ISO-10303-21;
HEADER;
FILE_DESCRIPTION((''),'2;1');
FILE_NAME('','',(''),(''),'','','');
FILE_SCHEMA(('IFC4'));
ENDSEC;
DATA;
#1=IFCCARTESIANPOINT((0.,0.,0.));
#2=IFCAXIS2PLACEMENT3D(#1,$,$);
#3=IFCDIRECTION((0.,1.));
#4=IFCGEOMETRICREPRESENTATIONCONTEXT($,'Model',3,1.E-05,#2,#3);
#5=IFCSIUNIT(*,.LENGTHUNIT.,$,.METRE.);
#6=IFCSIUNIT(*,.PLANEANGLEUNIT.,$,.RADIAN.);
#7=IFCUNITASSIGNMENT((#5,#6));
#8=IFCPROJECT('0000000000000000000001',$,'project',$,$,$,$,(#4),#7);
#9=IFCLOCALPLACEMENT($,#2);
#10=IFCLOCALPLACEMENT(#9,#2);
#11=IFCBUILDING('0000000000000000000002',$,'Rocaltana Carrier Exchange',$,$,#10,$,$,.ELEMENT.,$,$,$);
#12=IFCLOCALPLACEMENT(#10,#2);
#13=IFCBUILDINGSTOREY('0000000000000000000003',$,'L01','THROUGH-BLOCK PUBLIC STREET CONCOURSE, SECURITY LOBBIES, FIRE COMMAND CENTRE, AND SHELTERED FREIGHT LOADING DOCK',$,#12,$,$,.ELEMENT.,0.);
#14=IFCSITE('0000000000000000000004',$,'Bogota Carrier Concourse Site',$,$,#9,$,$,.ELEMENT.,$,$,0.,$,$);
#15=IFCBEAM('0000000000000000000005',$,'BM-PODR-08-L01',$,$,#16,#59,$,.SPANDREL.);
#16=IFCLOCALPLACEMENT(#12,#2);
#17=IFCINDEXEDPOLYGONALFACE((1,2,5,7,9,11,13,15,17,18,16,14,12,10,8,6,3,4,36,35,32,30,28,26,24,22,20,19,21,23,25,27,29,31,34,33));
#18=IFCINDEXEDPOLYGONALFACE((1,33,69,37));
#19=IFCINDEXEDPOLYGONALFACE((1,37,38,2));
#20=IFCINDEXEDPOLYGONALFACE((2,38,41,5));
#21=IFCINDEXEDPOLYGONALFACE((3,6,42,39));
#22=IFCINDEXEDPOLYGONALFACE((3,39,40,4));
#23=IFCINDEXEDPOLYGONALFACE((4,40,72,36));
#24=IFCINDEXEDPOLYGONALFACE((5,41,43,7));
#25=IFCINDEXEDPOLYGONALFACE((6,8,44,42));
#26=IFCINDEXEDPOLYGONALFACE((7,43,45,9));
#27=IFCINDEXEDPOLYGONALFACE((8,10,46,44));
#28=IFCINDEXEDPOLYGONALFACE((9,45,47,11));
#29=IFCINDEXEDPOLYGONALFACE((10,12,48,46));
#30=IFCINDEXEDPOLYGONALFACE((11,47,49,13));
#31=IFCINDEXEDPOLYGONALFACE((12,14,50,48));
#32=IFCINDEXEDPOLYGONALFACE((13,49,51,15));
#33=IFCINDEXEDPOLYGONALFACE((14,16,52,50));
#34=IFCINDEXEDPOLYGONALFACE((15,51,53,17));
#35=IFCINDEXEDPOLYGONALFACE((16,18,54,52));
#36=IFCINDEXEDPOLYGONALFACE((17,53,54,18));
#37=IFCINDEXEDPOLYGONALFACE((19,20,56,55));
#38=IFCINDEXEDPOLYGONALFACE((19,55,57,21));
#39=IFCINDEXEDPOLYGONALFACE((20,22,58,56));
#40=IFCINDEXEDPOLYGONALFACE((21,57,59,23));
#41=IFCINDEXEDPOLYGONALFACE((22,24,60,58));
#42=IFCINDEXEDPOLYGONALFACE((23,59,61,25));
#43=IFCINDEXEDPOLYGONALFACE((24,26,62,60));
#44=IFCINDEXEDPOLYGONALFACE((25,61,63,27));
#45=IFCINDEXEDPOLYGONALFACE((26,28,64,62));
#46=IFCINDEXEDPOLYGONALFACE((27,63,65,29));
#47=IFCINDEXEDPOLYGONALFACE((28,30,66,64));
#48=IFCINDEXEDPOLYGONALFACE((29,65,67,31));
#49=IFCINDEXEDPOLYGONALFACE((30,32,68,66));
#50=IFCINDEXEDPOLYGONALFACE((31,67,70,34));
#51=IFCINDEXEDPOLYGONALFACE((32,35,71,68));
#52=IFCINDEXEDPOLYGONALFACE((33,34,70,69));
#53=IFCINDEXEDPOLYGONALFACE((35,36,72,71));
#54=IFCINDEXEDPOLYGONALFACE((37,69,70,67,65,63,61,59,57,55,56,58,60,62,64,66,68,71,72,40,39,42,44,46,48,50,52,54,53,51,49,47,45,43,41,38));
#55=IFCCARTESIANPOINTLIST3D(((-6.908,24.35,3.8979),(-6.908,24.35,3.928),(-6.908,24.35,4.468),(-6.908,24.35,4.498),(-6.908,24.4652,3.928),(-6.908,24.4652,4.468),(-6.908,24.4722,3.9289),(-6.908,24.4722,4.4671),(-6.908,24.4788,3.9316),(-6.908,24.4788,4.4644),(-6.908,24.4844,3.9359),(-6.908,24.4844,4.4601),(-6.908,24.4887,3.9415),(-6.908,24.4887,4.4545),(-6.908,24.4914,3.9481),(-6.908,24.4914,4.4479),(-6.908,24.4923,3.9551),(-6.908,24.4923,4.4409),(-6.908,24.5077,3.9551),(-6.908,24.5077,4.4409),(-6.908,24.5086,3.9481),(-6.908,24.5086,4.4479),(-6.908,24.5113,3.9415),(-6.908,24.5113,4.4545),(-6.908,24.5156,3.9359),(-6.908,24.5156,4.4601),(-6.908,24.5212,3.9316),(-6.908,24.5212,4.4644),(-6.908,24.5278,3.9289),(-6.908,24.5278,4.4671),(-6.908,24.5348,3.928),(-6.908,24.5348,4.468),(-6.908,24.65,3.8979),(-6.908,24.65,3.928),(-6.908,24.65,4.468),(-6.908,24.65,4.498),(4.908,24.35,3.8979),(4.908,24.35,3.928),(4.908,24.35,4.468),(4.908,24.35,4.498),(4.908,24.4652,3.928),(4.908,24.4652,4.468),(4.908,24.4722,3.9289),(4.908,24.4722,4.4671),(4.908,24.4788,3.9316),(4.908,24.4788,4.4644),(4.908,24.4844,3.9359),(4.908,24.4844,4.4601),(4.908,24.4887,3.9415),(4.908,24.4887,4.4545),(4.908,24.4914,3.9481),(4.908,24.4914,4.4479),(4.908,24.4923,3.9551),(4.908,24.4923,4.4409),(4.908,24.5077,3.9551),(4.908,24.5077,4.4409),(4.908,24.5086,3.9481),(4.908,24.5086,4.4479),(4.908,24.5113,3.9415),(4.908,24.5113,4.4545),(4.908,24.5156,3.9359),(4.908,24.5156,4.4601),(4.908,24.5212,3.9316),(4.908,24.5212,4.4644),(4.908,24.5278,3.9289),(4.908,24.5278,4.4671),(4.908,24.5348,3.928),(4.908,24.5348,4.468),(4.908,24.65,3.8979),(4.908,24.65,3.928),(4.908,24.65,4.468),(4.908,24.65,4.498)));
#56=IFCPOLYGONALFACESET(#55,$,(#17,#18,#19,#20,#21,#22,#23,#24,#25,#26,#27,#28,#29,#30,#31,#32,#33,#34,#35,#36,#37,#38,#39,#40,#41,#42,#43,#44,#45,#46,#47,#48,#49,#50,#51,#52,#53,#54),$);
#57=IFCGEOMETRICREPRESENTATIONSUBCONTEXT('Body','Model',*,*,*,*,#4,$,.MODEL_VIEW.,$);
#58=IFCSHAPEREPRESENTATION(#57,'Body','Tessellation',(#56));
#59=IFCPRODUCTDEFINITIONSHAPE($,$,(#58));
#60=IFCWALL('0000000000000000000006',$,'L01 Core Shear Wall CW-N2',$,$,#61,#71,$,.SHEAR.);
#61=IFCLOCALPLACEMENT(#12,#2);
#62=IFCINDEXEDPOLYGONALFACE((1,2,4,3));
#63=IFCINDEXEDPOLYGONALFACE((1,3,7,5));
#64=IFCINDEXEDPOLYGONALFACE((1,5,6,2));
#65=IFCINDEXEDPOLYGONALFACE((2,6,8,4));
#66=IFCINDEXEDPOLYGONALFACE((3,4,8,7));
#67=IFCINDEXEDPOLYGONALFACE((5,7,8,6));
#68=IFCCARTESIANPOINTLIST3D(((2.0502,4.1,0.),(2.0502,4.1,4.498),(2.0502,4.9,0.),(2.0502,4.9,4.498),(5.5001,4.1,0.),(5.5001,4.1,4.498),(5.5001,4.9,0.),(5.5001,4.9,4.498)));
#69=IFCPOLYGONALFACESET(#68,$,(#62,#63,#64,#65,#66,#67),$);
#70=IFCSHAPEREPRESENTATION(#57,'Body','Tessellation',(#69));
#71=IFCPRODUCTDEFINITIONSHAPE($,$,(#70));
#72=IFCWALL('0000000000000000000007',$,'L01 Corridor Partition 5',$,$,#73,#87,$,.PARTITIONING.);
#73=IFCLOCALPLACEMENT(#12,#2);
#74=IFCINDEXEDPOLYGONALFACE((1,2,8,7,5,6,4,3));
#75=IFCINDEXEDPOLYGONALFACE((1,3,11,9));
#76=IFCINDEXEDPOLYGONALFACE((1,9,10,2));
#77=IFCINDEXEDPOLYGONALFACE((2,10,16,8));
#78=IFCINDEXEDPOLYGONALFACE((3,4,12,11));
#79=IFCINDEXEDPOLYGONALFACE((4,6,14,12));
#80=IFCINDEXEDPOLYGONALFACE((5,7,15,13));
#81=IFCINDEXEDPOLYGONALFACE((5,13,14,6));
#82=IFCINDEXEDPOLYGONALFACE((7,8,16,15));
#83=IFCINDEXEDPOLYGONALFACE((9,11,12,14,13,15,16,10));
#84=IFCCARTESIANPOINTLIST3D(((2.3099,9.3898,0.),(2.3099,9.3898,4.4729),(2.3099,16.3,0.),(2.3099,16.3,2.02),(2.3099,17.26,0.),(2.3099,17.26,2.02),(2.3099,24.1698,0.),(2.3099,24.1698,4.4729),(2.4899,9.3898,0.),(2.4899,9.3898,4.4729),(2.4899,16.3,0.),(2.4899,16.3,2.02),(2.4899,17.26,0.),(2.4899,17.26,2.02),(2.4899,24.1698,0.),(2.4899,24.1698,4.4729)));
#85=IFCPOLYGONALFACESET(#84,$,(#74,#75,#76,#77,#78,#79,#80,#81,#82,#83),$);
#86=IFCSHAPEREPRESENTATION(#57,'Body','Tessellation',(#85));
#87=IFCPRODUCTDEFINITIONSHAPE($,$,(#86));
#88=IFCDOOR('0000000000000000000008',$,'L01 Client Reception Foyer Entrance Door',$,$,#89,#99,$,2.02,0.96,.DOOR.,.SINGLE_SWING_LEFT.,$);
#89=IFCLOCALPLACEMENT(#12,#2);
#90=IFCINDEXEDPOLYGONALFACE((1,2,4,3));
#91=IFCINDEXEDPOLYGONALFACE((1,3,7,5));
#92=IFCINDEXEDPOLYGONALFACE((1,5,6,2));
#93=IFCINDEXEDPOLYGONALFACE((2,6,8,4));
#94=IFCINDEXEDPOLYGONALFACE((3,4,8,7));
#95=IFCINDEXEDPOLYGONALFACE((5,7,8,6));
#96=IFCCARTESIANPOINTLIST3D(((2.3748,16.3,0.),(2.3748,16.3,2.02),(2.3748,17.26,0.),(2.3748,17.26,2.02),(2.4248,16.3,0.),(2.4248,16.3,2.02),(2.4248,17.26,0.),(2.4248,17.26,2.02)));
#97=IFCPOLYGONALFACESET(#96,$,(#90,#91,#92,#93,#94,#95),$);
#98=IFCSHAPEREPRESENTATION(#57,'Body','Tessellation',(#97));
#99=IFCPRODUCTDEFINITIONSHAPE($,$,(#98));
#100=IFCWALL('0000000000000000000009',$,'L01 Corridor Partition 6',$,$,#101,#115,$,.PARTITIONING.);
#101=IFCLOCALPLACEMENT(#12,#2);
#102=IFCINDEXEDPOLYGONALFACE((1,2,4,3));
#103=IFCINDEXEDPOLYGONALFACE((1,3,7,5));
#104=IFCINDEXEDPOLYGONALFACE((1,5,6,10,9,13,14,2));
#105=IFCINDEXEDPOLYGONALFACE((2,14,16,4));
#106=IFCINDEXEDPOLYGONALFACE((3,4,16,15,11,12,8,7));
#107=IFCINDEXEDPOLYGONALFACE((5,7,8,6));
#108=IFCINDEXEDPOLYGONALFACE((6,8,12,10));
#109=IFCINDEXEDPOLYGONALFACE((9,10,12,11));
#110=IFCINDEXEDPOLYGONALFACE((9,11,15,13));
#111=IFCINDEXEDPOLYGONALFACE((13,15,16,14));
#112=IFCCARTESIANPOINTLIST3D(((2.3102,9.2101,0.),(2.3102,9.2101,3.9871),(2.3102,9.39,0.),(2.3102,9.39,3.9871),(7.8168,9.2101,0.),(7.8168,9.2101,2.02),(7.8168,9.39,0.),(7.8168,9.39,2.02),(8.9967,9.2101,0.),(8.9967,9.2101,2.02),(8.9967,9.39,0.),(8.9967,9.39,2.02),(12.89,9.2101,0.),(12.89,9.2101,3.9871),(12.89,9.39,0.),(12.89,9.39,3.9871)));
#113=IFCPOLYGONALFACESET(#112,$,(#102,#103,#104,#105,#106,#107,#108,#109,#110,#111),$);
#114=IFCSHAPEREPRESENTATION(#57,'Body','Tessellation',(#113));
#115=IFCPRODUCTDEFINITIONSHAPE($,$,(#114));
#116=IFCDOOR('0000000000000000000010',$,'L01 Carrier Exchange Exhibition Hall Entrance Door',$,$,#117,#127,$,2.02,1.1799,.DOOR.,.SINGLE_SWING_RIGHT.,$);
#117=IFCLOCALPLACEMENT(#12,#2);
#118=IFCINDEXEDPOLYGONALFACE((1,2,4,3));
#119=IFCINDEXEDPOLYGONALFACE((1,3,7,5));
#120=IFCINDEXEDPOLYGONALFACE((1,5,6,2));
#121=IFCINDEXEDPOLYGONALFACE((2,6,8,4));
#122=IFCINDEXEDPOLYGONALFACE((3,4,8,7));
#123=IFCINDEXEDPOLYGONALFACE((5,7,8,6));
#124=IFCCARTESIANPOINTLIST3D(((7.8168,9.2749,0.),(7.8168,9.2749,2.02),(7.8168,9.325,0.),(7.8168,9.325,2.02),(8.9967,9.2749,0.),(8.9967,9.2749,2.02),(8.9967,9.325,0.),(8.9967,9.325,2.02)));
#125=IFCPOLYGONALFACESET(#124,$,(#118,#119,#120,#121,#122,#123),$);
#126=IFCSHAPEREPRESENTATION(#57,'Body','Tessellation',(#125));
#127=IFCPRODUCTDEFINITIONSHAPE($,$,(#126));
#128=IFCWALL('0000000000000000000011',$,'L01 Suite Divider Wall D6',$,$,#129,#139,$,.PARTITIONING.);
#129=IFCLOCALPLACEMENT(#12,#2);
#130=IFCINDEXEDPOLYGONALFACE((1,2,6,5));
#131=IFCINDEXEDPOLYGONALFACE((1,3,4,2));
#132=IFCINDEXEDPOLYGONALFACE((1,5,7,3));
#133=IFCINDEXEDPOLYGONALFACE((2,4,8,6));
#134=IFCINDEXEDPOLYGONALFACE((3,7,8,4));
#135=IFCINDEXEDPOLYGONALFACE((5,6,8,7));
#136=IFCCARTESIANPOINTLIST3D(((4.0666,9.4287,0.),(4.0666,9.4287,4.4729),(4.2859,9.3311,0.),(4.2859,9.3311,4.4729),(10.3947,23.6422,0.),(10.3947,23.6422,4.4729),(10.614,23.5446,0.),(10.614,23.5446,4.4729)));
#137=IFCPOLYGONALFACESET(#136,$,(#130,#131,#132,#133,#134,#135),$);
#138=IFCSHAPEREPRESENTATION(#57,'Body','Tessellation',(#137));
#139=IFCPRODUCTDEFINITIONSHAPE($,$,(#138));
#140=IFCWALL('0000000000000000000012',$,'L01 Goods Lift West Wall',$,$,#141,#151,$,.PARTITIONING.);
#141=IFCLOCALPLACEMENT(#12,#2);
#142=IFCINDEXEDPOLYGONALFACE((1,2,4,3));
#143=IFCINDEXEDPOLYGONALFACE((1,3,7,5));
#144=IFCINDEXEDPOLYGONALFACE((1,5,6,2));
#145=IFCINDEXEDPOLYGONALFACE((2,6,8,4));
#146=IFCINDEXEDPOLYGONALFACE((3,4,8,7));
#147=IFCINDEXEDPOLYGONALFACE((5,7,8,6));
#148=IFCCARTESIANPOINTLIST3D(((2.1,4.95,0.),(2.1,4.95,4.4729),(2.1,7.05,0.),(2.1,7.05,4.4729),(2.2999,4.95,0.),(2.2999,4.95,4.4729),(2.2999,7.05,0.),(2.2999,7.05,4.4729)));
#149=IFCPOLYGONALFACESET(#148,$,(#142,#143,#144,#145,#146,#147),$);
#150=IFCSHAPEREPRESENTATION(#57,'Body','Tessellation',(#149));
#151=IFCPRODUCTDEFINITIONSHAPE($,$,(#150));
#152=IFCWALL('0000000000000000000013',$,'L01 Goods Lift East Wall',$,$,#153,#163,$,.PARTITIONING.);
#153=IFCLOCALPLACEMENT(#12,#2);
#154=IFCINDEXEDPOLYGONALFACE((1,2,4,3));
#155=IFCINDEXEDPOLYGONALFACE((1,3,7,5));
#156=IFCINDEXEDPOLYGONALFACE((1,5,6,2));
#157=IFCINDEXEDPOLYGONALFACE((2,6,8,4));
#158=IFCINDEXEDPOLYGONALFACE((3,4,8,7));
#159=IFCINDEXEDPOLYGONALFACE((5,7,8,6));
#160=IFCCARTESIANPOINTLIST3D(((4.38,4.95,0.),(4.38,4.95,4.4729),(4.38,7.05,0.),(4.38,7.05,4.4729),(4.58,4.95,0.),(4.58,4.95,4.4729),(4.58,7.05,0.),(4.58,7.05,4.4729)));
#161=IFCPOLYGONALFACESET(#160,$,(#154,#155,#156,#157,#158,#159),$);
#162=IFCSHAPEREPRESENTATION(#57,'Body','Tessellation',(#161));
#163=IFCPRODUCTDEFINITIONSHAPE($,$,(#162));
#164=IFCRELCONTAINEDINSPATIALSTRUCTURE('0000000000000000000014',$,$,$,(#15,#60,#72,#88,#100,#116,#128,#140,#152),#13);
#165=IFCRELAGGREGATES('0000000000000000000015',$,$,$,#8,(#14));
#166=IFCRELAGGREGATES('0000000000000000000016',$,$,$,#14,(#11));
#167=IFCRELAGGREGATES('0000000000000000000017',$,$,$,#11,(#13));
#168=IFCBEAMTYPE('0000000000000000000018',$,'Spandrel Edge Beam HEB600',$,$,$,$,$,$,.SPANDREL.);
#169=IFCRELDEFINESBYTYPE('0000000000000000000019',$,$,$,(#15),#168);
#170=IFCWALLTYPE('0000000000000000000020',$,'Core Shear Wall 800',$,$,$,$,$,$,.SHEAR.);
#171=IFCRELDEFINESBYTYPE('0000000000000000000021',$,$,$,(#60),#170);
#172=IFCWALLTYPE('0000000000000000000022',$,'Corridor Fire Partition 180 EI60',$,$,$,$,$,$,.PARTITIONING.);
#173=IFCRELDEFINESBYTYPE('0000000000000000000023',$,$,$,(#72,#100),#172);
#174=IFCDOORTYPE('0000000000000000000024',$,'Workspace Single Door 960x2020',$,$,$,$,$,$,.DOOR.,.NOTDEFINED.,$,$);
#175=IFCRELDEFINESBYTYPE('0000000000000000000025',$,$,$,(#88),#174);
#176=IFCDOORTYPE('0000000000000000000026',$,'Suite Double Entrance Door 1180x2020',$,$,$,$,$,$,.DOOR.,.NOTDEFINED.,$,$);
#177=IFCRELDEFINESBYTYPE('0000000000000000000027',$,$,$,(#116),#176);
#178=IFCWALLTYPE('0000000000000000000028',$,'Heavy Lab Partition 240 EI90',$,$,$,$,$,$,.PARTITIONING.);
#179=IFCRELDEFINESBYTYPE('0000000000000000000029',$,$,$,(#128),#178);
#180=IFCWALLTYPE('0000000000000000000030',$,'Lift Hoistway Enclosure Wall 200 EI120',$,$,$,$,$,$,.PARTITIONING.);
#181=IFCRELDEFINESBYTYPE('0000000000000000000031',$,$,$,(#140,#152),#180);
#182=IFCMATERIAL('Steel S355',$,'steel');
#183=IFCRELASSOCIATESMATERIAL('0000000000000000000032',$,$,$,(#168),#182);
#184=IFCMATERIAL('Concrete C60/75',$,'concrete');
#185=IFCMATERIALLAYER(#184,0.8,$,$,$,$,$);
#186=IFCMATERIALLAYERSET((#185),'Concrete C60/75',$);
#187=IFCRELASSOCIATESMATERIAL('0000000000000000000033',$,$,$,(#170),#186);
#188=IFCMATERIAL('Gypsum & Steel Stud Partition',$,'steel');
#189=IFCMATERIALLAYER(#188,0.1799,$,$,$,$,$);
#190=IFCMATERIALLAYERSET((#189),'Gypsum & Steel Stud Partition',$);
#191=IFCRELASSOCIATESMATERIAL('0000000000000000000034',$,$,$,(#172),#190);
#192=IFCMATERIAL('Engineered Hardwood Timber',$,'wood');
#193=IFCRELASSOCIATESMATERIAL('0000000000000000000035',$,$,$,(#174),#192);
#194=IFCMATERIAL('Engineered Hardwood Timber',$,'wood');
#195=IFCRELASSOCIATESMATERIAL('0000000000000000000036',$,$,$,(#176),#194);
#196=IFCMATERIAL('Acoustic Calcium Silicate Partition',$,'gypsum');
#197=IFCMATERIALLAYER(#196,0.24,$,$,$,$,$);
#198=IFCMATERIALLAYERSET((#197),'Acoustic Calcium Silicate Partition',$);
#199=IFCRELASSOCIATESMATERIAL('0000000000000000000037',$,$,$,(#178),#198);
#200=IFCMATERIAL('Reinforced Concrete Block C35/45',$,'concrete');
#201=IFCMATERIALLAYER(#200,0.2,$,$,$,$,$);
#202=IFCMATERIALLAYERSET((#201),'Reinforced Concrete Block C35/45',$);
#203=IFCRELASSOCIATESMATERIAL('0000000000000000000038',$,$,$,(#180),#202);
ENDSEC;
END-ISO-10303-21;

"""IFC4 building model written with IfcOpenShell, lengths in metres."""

from ifc_helpers import new_model, si_unit, direction, frame, frame_2d, origin, origin_2d, place, context, subcontext, project, spatial, rectangle, i_section, extrude, material, layer, layer_set, material_profile, profile_set, type_object, element, fill, save


model = new_model("IFC4")

# Units and contexts
model_context = context("Model", 3, precision=1e-05, world=origin(), true_north=direction((0.0, 1.0)))
body_context = subcontext(model_context, "Body", "Model", "MODEL_VIEW")
ifc_project = project(units=[si_unit("LENGTHUNIT", "METRE"), si_unit("PLANEANGLEUNIT", "RADIAN")], contexts=[model_context])

# Site, building, storey
site_placement = place(None, origin())
site = spatial("IfcSite", under=ifc_project, at=site_placement, Name="Bogota Carrier Concourse Site", CompositionType="ELEMENT", RefElevation=0.0)
building_placement = place(site_placement, origin())
building = spatial("IfcBuilding", under=site, at=building_placement, Name="Rocaltana Carrier Exchange", CompositionType="ELEMENT")
storey_placement = place(building_placement, origin())
storey = spatial("IfcBuildingStorey", under=building, at=storey_placement, Name="L01", Description="THROUGH-BLOCK PUBLIC STREET CONCOURSE, SECURITY LOBBIES, FIRE COMMAND CENTRE, AND SHELTERED FREIGHT LOADING DOCK", CompositionType="ELEMENT", Elevation=0.0)

# Beam
ifc_material_1 = material(Name="Steel S355", Category="steel")
ifc_material_profile_1 = material_profile(ifc_material_1, i_section(OverallWidth=0.3, OverallDepth=0.6001, WebThickness=0.0154, FlangeThickness=0.03, FilletRadius=0.0271, at=origin_2d()), Name="HEB600")
ifc_profile_set_1 = profile_set([ifc_material_profile_1], Name="Steel S355")
beam_type_1 = type_object("IfcBeamType", Name="Spandrel Edge Beam HEB600", PredefinedType="SPANDREL", material=ifc_profile_set_1)
beam_1_placement = place(storey_placement, frame((4.908, 24.5, 4.198), z_axis=(-1.0, 0.0, 0.0), x_axis=(0.0, -1.0, 0.0)))
element("IfcBeam", 1, at=beam_1_placement, inside=storey, type_object=beam_type_1, Name="BM-PODR-08-L01", PredefinedType="SPANDREL", context=body_context, shape_type="SweptSolid", body=[
    extrude(i_section(OverallWidth=0.3, OverallDepth=0.6001, WebThickness=0.0154, FlangeThickness=0.03, FilletRadius=0.0271, at=origin_2d()), origin(), (0.0, 0.0, 1.0), 11.8159),
])

# Wall
ifc_material_2 = material(Name="Concrete C60/75", Category="concrete")
ifc_layer_1 = layer(ifc_material_2, 0.8)
ifc_layer_set_1 = layer_set([ifc_layer_1], Name="Concrete C60/75")
wall_type_1 = type_object("IfcWallType", Name="Core Shear Wall 800", PredefinedType="SHEAR", material=ifc_layer_set_1)
wall_1_placement = place(storey_placement, frame((2.05, 4.5, 0.0), z_axis=(0.0, 0.0, 1.0), x_axis=(1.0, 0.0, 0.0)))
element("IfcWall", 2, at=wall_1_placement, inside=storey, type_object=wall_type_1, Name="L01 Core Shear Wall CW-N2", PredefinedType="SHEAR", context=body_context, shape_type="SweptSolid", body=[
    extrude(rectangle(XDim=3.45, YDim=0.8, at=frame_2d((1.7251, 0.0))), origin(), (0.0, 0.0, 1.0), 4.498),
])

# Walls, openings, doors
ifc_material_3 = material(Name="Gypsum & Steel Stud Partition", Category="steel")
ifc_layer_2 = layer(ifc_material_3, 0.1799)
ifc_layer_set_2 = layer_set([ifc_layer_2], Name="Gypsum & Steel Stud Partition")
wall_type_2 = type_object("IfcWallType", Name="Corridor Fire Partition 180 EI60", PredefinedType="PARTITIONING", material=ifc_layer_set_2)
wall_2_placement = place(storey_placement, frame((2.3999, 24.1699, 0.0), z_axis=(0.0, 0.0, 1.0), x_axis=(0.0, -1.0, 0.0)))
wall_2 = element("IfcWall", 3, at=wall_2_placement, inside=storey, type_object=wall_type_2, Name="L01 Corridor Partition 5", PredefinedType="PARTITIONING", context=body_context, shape_type="SweptSolid", body=[
    extrude(rectangle(XDim=14.78, YDim=0.1799, at=frame_2d((7.3901, 0.0))), origin(), (0.0, 0.0, 1.0), 4.4729),
])
opening_1_placement = place(wall_2_placement, frame((6.9099, 0.0, 0.0)))
opening_1 = element("IfcOpeningElement", 4, at=opening_1_placement, cuts=wall_2, PredefinedType="OPENING", context=body_context, shape_type="SweptSolid", body=[
    extrude(rectangle(XDim=0.96, YDim=2.02, at=frame_2d((0.48, 1.01))), frame((0.0, 0.0999, 0.0), z_axis=(0.0, -1.0, 0.0), x_axis=(1.0, 0.0, 0.0)), (0.0, 0.0, 1.0), 0.2),
])
ifc_material_4 = material(Name="Engineered Hardwood Timber", Category="wood")
door_type_1 = type_object("IfcDoorType", Name="Workspace Single Door 960x2020", OperationType="NOTDEFINED", PredefinedType="DOOR", material=ifc_material_4)
door_1_placement = place(opening_1_placement, origin())
door_1 = element("IfcDoor", 5, at=door_1_placement, inside=storey, type_object=door_type_1, Name="L01 Client Reception Foyer Entrance Door", OperationType="SINGLE_SWING_LEFT", OverallHeight=2.02, OverallWidth=0.96, PredefinedType="DOOR", context=body_context, shape_type="SweptSolid", body=[
    extrude(rectangle(XDim=0.96, YDim=2.02, at=frame_2d((0.48, 1.01))), frame((0.0, 0.0249, 0.0), z_axis=(0.0, -1.0, 0.0), x_axis=(1.0, 0.0, 0.0)), (0.0, 0.0, 1.0), 0.05),
])
fill(opening_1, door_1)
wall_3_placement = place(storey_placement, frame((2.3101, 9.3, 0.0), z_axis=(0.0, 0.0, 1.0), x_axis=(1.0, 0.0, 0.0)))
wall_3 = element("IfcWall", 6, at=wall_3_placement, inside=storey, type_object=wall_type_2, Name="L01 Corridor Partition 6", PredefinedType="PARTITIONING", context=body_context, shape_type="SweptSolid", body=[
    extrude(rectangle(XDim=10.5798, YDim=0.1799, at=frame_2d((5.29, 0.0))), origin(), (0.0, 0.0, 1.0), 3.9871),
])
opening_2_placement = place(wall_3_placement, frame((5.5068, 0.0, 0.0)))
opening_2 = element("IfcOpeningElement", 7, at=opening_2_placement, cuts=wall_3, PredefinedType="OPENING", context=body_context, shape_type="SweptSolid", body=[
    extrude(rectangle(XDim=1.1799, YDim=2.02, at=frame_2d((0.5898, 1.01))), frame((0.0, 0.0999, 0.0), z_axis=(0.0, -1.0, 0.0), x_axis=(1.0, 0.0, 0.0)), (0.0, 0.0, 1.0), 0.2),
])
ifc_material_5 = material(Name="Engineered Hardwood Timber", Category="wood")
door_type_2 = type_object("IfcDoorType", Name="Suite Double Entrance Door 1180x2020", OperationType="NOTDEFINED", PredefinedType="DOOR", material=ifc_material_5)
door_2_placement = place(opening_2_placement, origin())
door_2 = element("IfcDoor", 8, at=door_2_placement, inside=storey, type_object=door_type_2, Name="L01 Carrier Exchange Exhibition Hall Entrance Door", OperationType="SINGLE_SWING_RIGHT", OverallHeight=2.02, OverallWidth=1.1799, PredefinedType="DOOR", context=body_context, shape_type="SweptSolid", body=[
    extrude(rectangle(XDim=1.1799, YDim=2.02, at=frame_2d((0.5898, 1.01))), frame((0.0, 0.0249, 0.0), z_axis=(0.0, -1.0, 0.0), x_axis=(1.0, 0.0, 0.0)), (0.0, 0.0, 1.0), 0.05),
])
fill(opening_2, door_2)

# Walls
ifc_material_6 = material(Name="Acoustic Calcium Silicate Partition", Category="gypsum")
ifc_layer_3 = layer(ifc_material_6, 0.24)
ifc_layer_set_3 = layer_set([ifc_layer_3], Name="Acoustic Calcium Silicate Partition")
wall_type_3 = type_object("IfcWallType", Name="Heavy Lab Partition 240 EI90", PredefinedType="PARTITIONING", material=ifc_layer_set_3)
wall_4_placement = place(storey_placement, frame((4.1763, 9.3799, 0.0), z_axis=(0.0, 0.0, 1.0), x_axis=(0.406727, 0.91355, 0.0)))
element("IfcWall", 9, at=wall_4_placement, inside=storey, type_object=wall_type_3, Name="L01 Suite Divider Wall D6", PredefinedType="PARTITIONING", context=body_context, shape_type="SweptSolid", body=[
    extrude(rectangle(XDim=15.5586, YDim=0.24, at=frame_2d((7.7793, 0.0))), origin(), (0.0, 0.0, 1.0), 4.4729),
])
ifc_material_7 = material(Name="Reinforced Concrete Block C35/45", Category="concrete")
ifc_layer_4 = layer(ifc_material_7, 0.2)
ifc_layer_set_4 = layer_set([ifc_layer_4], Name="Reinforced Concrete Block C35/45")
wall_type_4 = type_object("IfcWallType", Name="Lift Hoistway Enclosure Wall 200 EI120", PredefinedType="PARTITIONING", material=ifc_layer_set_4)
for number, where, z_axis, x_axis, name in (
    (10, (2.2, 4.95, 0.0), (0.0, 0.0, 1.0), (0.0, 1.0, 0.0), "L01 Goods Lift West Wall"),
    (11, (4.48, 4.95, 0.0), (0.0, 0.0, 1.0), (0.0, 1.0, 0.0), "L01 Goods Lift East Wall"),
):
    element("IfcWall", number, at=place(storey_placement, frame(where, z_axis=z_axis, x_axis=x_axis)), inside=storey, type_object=wall_type_4, Name=name, PredefinedType="PARTITIONING", context=body_context, shape_type="SweptSolid", body=[
        extrude(rectangle(XDim=2.1001, YDim=0.2, at=frame_2d((1.05, 0.0))), origin(), (0.0, 0.0, 1.0), 4.4729),
    ])

save(model, "model.ifc")
